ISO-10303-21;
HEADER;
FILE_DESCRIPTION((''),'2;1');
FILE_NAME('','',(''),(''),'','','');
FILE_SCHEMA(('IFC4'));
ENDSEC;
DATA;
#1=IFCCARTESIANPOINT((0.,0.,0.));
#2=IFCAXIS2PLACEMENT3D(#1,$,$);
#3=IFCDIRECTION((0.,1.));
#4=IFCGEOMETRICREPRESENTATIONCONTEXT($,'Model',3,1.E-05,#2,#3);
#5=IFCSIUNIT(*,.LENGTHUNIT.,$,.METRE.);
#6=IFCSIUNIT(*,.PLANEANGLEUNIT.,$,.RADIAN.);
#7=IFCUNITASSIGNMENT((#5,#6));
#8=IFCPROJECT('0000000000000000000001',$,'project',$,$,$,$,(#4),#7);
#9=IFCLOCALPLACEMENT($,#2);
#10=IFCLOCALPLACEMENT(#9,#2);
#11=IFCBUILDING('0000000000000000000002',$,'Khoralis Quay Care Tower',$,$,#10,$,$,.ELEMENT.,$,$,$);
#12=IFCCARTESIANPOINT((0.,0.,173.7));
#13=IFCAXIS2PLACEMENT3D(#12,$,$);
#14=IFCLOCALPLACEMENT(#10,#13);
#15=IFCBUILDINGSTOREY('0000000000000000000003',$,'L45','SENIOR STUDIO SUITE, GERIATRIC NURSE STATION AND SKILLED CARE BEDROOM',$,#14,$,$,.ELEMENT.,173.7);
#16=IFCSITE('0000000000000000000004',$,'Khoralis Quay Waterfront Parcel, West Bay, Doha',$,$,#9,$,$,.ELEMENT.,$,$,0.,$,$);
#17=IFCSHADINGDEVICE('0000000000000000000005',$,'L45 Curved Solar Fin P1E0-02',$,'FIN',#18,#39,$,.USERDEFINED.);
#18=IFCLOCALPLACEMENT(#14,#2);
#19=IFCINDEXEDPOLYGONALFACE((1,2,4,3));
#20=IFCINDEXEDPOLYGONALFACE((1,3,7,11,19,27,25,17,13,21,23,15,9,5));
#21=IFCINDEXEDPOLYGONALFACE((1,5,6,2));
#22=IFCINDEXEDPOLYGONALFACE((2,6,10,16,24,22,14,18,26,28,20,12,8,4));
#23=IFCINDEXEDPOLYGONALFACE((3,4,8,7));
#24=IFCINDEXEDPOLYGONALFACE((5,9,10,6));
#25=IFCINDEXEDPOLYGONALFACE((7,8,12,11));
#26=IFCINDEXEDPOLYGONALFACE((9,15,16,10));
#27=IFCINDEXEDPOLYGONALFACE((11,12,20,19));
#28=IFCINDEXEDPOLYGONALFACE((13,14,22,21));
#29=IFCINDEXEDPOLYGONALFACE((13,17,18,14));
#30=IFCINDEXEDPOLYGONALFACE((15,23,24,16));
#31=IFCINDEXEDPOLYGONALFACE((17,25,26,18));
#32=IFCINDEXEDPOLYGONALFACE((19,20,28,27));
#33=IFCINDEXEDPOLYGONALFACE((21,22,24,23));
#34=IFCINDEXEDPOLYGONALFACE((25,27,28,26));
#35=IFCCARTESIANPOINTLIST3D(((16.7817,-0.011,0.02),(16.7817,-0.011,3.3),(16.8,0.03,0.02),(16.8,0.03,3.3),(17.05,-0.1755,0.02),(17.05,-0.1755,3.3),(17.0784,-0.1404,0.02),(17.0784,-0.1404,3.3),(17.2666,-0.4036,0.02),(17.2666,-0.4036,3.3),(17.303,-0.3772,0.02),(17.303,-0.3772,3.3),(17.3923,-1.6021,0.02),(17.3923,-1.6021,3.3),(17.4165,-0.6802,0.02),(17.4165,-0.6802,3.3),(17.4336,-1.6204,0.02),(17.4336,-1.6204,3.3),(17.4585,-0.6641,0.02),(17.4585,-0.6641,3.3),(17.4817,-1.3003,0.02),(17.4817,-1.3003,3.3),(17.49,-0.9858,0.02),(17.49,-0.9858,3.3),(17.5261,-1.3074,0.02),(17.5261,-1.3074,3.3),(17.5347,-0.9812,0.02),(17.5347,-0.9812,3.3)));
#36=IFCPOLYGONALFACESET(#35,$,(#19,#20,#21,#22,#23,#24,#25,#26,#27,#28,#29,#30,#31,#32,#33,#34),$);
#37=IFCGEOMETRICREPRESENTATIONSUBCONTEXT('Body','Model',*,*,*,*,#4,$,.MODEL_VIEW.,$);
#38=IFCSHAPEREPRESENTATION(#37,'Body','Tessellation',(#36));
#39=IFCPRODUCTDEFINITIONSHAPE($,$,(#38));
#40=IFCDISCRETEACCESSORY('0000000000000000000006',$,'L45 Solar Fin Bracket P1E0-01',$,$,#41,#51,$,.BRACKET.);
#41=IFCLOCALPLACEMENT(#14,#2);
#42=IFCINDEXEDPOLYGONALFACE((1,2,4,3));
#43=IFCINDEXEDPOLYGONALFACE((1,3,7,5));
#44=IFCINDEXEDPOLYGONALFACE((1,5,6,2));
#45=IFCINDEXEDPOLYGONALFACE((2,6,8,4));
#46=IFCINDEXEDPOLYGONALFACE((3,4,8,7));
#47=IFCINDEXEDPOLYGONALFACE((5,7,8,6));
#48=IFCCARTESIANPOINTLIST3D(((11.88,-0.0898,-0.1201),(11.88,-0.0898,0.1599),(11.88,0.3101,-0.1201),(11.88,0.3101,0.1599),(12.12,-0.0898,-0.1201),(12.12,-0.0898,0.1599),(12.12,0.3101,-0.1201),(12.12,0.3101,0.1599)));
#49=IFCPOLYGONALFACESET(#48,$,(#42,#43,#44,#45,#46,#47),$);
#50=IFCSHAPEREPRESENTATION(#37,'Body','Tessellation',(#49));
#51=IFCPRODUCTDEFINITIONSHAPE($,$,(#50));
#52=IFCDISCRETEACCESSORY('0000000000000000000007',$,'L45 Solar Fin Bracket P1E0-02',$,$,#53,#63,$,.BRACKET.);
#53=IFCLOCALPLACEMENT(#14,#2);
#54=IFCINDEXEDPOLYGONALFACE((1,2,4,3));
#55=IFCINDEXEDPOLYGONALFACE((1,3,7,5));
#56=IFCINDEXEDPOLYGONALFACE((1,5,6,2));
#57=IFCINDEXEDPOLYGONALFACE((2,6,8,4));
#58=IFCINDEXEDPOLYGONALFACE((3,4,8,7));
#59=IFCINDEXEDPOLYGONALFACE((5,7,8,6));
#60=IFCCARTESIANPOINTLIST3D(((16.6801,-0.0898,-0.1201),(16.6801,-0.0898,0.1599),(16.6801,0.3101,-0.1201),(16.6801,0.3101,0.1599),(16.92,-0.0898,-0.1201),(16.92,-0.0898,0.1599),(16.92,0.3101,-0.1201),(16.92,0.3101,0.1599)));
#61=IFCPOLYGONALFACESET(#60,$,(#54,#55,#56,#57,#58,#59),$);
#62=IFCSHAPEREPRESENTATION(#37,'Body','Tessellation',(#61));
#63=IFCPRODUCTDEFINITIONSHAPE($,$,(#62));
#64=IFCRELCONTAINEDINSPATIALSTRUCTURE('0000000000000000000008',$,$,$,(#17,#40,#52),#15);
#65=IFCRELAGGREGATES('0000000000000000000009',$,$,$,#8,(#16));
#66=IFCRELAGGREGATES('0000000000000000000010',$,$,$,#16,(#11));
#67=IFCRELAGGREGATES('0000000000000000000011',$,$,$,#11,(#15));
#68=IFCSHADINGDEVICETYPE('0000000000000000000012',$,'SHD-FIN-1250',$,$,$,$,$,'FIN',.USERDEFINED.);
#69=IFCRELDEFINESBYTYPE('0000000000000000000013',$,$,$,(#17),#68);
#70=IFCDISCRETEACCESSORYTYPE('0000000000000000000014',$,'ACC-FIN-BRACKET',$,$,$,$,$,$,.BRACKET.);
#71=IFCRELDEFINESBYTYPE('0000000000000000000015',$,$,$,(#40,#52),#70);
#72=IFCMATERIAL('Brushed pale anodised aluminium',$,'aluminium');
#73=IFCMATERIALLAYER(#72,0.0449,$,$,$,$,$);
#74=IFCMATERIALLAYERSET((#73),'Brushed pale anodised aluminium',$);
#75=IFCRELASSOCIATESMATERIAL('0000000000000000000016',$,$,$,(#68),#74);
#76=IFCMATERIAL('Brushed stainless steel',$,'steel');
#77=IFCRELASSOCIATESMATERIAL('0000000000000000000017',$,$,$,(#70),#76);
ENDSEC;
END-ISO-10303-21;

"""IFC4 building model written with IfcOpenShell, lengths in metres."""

from ifc_helpers import new_model, si_unit, direction, frame, origin, origin_2d, place, context, subcontext, project, spatial, polyline, rectangle, outline, extrude, source, transform, mapped, material, layer, layer_set, type_object, element, save


model = new_model("IFC4")

# Units and contexts
model_context = context("Model", 3, precision=1e-05, world=origin(), true_north=direction((0.0, 1.0)))
body_context = subcontext(model_context, "Body", "Model", "MODEL_VIEW")
ifc_project = project(units=[si_unit("LENGTHUNIT", "METRE"), si_unit("PLANEANGLEUNIT", "RADIAN")], contexts=[model_context])

# Site, building, storey
site_placement = place(None, origin())
site = spatial("IfcSite", under=ifc_project, at=site_placement, Name="Khoralis Quay Waterfront Parcel, West Bay, Doha", CompositionType="ELEMENT", RefElevation=0.0)
building_placement = place(site_placement, origin())
building = spatial("IfcBuilding", under=site, at=building_placement, Name="Khoralis Quay Care Tower", CompositionType="ELEMENT")
storey_placement = place(building_placement, frame((0.0, 0.0, 173.7)))
storey = spatial("IfcBuildingStorey", under=building, at=storey_placement, Name="L45", Description="SENIOR STUDIO SUITE, GERIATRIC NURSE STATION AND SKILLED CARE BEDROOM", CompositionType="ELEMENT", Elevation=173.7)

# Shading device
ifc_material_1 = material(Name="Brushed pale anodised aluminium", Category="aluminium")
ifc_layer_1 = layer(ifc_material_1, 0.0449)
ifc_layer_set_1 = layer_set([ifc_layer_1], Name="Brushed pale anodised aluminium")
shading_device_type = type_object("IfcShadingDeviceType", Name="SHD-FIN-1250", ElementType="FIN", PredefinedType="USERDEFINED", material=ifc_layer_set_1)
shared_shape_1 = source(origin(), body_context, "Body", "SweptSolid", [
    extrude(outline(polyline([(0.0, 0.0), (0.1704, 0.2783), (0.4072, 0.5029), (0.6941, 0.6584), (1.0112, 0.7346), (1.3374, 0.7261), (1.6504, 0.6335), (1.6321, 0.5923), (1.3303, 0.6816), (1.0159, 0.6899), (0.7102, 0.6165), (0.4336, 0.4666), (0.2056, 0.25), (0.041, -0.0183), (0.0, 0.0)])), origin(), (0.0, 0.0, 1.0), 3.28),
])
for number, where, z_axis, x_axis, name in (
    (1, (16.8, 0.03, 0.02), (0.0, 0.0, 1.0), (0.0, -1.0, 0.0), "L45 Curved Solar Fin P1E0-02"),
):
    element("IfcShadingDevice", number, at=place(storey_placement, frame(where, z_axis=z_axis, x_axis=x_axis)), inside=storey, type_object=shading_device_type, Name=name, ObjectType="FIN", PredefinedType="USERDEFINED", context=body_context, shape_type="MappedRepresentation", body=[
        mapped(shared_shape_1, transform((0.0, 0.0, 0.0), scale=1.0)),
    ])

# Discrete accessories
ifc_material_2 = material(Name="Brushed stainless steel", Category="steel")
discrete_accessory_type = type_object("IfcDiscreteAccessoryType", Name="ACC-FIN-BRACKET", PredefinedType="BRACKET", material=ifc_material_2)
shared_shape_2 = source(origin(), body_context, "Body", "SweptSolid", [
    extrude(rectangle(XDim=0.3999, YDim=0.24, at=origin_2d()), origin(), (0.0, 0.0, 1.0), 0.28),
])
for number, where, z_axis, x_axis, name in (
    (2, (12.0, 0.1101, -0.1201), (0.0, 0.0, 1.0), (0.0, -1.0, 0.0), "L45 Solar Fin Bracket P1E0-01"),
    (3, (16.8, 0.1101, -0.1201), (0.0, 0.0, 1.0), (0.0, -1.0, 0.0), "L45 Solar Fin Bracket P1E0-02"),
):
    element("IfcDiscreteAccessory", number, at=place(storey_placement, frame(where, z_axis=z_axis, x_axis=x_axis)), inside=storey, type_object=discrete_accessory_type, Name=name, PredefinedType="BRACKET", context=body_context, shape_type="MappedRepresentation", body=[
        mapped(shared_shape_2, transform((0.0, 0.0, 0.0), scale=1.0)),
    ])

save(model, "model.ifc")
